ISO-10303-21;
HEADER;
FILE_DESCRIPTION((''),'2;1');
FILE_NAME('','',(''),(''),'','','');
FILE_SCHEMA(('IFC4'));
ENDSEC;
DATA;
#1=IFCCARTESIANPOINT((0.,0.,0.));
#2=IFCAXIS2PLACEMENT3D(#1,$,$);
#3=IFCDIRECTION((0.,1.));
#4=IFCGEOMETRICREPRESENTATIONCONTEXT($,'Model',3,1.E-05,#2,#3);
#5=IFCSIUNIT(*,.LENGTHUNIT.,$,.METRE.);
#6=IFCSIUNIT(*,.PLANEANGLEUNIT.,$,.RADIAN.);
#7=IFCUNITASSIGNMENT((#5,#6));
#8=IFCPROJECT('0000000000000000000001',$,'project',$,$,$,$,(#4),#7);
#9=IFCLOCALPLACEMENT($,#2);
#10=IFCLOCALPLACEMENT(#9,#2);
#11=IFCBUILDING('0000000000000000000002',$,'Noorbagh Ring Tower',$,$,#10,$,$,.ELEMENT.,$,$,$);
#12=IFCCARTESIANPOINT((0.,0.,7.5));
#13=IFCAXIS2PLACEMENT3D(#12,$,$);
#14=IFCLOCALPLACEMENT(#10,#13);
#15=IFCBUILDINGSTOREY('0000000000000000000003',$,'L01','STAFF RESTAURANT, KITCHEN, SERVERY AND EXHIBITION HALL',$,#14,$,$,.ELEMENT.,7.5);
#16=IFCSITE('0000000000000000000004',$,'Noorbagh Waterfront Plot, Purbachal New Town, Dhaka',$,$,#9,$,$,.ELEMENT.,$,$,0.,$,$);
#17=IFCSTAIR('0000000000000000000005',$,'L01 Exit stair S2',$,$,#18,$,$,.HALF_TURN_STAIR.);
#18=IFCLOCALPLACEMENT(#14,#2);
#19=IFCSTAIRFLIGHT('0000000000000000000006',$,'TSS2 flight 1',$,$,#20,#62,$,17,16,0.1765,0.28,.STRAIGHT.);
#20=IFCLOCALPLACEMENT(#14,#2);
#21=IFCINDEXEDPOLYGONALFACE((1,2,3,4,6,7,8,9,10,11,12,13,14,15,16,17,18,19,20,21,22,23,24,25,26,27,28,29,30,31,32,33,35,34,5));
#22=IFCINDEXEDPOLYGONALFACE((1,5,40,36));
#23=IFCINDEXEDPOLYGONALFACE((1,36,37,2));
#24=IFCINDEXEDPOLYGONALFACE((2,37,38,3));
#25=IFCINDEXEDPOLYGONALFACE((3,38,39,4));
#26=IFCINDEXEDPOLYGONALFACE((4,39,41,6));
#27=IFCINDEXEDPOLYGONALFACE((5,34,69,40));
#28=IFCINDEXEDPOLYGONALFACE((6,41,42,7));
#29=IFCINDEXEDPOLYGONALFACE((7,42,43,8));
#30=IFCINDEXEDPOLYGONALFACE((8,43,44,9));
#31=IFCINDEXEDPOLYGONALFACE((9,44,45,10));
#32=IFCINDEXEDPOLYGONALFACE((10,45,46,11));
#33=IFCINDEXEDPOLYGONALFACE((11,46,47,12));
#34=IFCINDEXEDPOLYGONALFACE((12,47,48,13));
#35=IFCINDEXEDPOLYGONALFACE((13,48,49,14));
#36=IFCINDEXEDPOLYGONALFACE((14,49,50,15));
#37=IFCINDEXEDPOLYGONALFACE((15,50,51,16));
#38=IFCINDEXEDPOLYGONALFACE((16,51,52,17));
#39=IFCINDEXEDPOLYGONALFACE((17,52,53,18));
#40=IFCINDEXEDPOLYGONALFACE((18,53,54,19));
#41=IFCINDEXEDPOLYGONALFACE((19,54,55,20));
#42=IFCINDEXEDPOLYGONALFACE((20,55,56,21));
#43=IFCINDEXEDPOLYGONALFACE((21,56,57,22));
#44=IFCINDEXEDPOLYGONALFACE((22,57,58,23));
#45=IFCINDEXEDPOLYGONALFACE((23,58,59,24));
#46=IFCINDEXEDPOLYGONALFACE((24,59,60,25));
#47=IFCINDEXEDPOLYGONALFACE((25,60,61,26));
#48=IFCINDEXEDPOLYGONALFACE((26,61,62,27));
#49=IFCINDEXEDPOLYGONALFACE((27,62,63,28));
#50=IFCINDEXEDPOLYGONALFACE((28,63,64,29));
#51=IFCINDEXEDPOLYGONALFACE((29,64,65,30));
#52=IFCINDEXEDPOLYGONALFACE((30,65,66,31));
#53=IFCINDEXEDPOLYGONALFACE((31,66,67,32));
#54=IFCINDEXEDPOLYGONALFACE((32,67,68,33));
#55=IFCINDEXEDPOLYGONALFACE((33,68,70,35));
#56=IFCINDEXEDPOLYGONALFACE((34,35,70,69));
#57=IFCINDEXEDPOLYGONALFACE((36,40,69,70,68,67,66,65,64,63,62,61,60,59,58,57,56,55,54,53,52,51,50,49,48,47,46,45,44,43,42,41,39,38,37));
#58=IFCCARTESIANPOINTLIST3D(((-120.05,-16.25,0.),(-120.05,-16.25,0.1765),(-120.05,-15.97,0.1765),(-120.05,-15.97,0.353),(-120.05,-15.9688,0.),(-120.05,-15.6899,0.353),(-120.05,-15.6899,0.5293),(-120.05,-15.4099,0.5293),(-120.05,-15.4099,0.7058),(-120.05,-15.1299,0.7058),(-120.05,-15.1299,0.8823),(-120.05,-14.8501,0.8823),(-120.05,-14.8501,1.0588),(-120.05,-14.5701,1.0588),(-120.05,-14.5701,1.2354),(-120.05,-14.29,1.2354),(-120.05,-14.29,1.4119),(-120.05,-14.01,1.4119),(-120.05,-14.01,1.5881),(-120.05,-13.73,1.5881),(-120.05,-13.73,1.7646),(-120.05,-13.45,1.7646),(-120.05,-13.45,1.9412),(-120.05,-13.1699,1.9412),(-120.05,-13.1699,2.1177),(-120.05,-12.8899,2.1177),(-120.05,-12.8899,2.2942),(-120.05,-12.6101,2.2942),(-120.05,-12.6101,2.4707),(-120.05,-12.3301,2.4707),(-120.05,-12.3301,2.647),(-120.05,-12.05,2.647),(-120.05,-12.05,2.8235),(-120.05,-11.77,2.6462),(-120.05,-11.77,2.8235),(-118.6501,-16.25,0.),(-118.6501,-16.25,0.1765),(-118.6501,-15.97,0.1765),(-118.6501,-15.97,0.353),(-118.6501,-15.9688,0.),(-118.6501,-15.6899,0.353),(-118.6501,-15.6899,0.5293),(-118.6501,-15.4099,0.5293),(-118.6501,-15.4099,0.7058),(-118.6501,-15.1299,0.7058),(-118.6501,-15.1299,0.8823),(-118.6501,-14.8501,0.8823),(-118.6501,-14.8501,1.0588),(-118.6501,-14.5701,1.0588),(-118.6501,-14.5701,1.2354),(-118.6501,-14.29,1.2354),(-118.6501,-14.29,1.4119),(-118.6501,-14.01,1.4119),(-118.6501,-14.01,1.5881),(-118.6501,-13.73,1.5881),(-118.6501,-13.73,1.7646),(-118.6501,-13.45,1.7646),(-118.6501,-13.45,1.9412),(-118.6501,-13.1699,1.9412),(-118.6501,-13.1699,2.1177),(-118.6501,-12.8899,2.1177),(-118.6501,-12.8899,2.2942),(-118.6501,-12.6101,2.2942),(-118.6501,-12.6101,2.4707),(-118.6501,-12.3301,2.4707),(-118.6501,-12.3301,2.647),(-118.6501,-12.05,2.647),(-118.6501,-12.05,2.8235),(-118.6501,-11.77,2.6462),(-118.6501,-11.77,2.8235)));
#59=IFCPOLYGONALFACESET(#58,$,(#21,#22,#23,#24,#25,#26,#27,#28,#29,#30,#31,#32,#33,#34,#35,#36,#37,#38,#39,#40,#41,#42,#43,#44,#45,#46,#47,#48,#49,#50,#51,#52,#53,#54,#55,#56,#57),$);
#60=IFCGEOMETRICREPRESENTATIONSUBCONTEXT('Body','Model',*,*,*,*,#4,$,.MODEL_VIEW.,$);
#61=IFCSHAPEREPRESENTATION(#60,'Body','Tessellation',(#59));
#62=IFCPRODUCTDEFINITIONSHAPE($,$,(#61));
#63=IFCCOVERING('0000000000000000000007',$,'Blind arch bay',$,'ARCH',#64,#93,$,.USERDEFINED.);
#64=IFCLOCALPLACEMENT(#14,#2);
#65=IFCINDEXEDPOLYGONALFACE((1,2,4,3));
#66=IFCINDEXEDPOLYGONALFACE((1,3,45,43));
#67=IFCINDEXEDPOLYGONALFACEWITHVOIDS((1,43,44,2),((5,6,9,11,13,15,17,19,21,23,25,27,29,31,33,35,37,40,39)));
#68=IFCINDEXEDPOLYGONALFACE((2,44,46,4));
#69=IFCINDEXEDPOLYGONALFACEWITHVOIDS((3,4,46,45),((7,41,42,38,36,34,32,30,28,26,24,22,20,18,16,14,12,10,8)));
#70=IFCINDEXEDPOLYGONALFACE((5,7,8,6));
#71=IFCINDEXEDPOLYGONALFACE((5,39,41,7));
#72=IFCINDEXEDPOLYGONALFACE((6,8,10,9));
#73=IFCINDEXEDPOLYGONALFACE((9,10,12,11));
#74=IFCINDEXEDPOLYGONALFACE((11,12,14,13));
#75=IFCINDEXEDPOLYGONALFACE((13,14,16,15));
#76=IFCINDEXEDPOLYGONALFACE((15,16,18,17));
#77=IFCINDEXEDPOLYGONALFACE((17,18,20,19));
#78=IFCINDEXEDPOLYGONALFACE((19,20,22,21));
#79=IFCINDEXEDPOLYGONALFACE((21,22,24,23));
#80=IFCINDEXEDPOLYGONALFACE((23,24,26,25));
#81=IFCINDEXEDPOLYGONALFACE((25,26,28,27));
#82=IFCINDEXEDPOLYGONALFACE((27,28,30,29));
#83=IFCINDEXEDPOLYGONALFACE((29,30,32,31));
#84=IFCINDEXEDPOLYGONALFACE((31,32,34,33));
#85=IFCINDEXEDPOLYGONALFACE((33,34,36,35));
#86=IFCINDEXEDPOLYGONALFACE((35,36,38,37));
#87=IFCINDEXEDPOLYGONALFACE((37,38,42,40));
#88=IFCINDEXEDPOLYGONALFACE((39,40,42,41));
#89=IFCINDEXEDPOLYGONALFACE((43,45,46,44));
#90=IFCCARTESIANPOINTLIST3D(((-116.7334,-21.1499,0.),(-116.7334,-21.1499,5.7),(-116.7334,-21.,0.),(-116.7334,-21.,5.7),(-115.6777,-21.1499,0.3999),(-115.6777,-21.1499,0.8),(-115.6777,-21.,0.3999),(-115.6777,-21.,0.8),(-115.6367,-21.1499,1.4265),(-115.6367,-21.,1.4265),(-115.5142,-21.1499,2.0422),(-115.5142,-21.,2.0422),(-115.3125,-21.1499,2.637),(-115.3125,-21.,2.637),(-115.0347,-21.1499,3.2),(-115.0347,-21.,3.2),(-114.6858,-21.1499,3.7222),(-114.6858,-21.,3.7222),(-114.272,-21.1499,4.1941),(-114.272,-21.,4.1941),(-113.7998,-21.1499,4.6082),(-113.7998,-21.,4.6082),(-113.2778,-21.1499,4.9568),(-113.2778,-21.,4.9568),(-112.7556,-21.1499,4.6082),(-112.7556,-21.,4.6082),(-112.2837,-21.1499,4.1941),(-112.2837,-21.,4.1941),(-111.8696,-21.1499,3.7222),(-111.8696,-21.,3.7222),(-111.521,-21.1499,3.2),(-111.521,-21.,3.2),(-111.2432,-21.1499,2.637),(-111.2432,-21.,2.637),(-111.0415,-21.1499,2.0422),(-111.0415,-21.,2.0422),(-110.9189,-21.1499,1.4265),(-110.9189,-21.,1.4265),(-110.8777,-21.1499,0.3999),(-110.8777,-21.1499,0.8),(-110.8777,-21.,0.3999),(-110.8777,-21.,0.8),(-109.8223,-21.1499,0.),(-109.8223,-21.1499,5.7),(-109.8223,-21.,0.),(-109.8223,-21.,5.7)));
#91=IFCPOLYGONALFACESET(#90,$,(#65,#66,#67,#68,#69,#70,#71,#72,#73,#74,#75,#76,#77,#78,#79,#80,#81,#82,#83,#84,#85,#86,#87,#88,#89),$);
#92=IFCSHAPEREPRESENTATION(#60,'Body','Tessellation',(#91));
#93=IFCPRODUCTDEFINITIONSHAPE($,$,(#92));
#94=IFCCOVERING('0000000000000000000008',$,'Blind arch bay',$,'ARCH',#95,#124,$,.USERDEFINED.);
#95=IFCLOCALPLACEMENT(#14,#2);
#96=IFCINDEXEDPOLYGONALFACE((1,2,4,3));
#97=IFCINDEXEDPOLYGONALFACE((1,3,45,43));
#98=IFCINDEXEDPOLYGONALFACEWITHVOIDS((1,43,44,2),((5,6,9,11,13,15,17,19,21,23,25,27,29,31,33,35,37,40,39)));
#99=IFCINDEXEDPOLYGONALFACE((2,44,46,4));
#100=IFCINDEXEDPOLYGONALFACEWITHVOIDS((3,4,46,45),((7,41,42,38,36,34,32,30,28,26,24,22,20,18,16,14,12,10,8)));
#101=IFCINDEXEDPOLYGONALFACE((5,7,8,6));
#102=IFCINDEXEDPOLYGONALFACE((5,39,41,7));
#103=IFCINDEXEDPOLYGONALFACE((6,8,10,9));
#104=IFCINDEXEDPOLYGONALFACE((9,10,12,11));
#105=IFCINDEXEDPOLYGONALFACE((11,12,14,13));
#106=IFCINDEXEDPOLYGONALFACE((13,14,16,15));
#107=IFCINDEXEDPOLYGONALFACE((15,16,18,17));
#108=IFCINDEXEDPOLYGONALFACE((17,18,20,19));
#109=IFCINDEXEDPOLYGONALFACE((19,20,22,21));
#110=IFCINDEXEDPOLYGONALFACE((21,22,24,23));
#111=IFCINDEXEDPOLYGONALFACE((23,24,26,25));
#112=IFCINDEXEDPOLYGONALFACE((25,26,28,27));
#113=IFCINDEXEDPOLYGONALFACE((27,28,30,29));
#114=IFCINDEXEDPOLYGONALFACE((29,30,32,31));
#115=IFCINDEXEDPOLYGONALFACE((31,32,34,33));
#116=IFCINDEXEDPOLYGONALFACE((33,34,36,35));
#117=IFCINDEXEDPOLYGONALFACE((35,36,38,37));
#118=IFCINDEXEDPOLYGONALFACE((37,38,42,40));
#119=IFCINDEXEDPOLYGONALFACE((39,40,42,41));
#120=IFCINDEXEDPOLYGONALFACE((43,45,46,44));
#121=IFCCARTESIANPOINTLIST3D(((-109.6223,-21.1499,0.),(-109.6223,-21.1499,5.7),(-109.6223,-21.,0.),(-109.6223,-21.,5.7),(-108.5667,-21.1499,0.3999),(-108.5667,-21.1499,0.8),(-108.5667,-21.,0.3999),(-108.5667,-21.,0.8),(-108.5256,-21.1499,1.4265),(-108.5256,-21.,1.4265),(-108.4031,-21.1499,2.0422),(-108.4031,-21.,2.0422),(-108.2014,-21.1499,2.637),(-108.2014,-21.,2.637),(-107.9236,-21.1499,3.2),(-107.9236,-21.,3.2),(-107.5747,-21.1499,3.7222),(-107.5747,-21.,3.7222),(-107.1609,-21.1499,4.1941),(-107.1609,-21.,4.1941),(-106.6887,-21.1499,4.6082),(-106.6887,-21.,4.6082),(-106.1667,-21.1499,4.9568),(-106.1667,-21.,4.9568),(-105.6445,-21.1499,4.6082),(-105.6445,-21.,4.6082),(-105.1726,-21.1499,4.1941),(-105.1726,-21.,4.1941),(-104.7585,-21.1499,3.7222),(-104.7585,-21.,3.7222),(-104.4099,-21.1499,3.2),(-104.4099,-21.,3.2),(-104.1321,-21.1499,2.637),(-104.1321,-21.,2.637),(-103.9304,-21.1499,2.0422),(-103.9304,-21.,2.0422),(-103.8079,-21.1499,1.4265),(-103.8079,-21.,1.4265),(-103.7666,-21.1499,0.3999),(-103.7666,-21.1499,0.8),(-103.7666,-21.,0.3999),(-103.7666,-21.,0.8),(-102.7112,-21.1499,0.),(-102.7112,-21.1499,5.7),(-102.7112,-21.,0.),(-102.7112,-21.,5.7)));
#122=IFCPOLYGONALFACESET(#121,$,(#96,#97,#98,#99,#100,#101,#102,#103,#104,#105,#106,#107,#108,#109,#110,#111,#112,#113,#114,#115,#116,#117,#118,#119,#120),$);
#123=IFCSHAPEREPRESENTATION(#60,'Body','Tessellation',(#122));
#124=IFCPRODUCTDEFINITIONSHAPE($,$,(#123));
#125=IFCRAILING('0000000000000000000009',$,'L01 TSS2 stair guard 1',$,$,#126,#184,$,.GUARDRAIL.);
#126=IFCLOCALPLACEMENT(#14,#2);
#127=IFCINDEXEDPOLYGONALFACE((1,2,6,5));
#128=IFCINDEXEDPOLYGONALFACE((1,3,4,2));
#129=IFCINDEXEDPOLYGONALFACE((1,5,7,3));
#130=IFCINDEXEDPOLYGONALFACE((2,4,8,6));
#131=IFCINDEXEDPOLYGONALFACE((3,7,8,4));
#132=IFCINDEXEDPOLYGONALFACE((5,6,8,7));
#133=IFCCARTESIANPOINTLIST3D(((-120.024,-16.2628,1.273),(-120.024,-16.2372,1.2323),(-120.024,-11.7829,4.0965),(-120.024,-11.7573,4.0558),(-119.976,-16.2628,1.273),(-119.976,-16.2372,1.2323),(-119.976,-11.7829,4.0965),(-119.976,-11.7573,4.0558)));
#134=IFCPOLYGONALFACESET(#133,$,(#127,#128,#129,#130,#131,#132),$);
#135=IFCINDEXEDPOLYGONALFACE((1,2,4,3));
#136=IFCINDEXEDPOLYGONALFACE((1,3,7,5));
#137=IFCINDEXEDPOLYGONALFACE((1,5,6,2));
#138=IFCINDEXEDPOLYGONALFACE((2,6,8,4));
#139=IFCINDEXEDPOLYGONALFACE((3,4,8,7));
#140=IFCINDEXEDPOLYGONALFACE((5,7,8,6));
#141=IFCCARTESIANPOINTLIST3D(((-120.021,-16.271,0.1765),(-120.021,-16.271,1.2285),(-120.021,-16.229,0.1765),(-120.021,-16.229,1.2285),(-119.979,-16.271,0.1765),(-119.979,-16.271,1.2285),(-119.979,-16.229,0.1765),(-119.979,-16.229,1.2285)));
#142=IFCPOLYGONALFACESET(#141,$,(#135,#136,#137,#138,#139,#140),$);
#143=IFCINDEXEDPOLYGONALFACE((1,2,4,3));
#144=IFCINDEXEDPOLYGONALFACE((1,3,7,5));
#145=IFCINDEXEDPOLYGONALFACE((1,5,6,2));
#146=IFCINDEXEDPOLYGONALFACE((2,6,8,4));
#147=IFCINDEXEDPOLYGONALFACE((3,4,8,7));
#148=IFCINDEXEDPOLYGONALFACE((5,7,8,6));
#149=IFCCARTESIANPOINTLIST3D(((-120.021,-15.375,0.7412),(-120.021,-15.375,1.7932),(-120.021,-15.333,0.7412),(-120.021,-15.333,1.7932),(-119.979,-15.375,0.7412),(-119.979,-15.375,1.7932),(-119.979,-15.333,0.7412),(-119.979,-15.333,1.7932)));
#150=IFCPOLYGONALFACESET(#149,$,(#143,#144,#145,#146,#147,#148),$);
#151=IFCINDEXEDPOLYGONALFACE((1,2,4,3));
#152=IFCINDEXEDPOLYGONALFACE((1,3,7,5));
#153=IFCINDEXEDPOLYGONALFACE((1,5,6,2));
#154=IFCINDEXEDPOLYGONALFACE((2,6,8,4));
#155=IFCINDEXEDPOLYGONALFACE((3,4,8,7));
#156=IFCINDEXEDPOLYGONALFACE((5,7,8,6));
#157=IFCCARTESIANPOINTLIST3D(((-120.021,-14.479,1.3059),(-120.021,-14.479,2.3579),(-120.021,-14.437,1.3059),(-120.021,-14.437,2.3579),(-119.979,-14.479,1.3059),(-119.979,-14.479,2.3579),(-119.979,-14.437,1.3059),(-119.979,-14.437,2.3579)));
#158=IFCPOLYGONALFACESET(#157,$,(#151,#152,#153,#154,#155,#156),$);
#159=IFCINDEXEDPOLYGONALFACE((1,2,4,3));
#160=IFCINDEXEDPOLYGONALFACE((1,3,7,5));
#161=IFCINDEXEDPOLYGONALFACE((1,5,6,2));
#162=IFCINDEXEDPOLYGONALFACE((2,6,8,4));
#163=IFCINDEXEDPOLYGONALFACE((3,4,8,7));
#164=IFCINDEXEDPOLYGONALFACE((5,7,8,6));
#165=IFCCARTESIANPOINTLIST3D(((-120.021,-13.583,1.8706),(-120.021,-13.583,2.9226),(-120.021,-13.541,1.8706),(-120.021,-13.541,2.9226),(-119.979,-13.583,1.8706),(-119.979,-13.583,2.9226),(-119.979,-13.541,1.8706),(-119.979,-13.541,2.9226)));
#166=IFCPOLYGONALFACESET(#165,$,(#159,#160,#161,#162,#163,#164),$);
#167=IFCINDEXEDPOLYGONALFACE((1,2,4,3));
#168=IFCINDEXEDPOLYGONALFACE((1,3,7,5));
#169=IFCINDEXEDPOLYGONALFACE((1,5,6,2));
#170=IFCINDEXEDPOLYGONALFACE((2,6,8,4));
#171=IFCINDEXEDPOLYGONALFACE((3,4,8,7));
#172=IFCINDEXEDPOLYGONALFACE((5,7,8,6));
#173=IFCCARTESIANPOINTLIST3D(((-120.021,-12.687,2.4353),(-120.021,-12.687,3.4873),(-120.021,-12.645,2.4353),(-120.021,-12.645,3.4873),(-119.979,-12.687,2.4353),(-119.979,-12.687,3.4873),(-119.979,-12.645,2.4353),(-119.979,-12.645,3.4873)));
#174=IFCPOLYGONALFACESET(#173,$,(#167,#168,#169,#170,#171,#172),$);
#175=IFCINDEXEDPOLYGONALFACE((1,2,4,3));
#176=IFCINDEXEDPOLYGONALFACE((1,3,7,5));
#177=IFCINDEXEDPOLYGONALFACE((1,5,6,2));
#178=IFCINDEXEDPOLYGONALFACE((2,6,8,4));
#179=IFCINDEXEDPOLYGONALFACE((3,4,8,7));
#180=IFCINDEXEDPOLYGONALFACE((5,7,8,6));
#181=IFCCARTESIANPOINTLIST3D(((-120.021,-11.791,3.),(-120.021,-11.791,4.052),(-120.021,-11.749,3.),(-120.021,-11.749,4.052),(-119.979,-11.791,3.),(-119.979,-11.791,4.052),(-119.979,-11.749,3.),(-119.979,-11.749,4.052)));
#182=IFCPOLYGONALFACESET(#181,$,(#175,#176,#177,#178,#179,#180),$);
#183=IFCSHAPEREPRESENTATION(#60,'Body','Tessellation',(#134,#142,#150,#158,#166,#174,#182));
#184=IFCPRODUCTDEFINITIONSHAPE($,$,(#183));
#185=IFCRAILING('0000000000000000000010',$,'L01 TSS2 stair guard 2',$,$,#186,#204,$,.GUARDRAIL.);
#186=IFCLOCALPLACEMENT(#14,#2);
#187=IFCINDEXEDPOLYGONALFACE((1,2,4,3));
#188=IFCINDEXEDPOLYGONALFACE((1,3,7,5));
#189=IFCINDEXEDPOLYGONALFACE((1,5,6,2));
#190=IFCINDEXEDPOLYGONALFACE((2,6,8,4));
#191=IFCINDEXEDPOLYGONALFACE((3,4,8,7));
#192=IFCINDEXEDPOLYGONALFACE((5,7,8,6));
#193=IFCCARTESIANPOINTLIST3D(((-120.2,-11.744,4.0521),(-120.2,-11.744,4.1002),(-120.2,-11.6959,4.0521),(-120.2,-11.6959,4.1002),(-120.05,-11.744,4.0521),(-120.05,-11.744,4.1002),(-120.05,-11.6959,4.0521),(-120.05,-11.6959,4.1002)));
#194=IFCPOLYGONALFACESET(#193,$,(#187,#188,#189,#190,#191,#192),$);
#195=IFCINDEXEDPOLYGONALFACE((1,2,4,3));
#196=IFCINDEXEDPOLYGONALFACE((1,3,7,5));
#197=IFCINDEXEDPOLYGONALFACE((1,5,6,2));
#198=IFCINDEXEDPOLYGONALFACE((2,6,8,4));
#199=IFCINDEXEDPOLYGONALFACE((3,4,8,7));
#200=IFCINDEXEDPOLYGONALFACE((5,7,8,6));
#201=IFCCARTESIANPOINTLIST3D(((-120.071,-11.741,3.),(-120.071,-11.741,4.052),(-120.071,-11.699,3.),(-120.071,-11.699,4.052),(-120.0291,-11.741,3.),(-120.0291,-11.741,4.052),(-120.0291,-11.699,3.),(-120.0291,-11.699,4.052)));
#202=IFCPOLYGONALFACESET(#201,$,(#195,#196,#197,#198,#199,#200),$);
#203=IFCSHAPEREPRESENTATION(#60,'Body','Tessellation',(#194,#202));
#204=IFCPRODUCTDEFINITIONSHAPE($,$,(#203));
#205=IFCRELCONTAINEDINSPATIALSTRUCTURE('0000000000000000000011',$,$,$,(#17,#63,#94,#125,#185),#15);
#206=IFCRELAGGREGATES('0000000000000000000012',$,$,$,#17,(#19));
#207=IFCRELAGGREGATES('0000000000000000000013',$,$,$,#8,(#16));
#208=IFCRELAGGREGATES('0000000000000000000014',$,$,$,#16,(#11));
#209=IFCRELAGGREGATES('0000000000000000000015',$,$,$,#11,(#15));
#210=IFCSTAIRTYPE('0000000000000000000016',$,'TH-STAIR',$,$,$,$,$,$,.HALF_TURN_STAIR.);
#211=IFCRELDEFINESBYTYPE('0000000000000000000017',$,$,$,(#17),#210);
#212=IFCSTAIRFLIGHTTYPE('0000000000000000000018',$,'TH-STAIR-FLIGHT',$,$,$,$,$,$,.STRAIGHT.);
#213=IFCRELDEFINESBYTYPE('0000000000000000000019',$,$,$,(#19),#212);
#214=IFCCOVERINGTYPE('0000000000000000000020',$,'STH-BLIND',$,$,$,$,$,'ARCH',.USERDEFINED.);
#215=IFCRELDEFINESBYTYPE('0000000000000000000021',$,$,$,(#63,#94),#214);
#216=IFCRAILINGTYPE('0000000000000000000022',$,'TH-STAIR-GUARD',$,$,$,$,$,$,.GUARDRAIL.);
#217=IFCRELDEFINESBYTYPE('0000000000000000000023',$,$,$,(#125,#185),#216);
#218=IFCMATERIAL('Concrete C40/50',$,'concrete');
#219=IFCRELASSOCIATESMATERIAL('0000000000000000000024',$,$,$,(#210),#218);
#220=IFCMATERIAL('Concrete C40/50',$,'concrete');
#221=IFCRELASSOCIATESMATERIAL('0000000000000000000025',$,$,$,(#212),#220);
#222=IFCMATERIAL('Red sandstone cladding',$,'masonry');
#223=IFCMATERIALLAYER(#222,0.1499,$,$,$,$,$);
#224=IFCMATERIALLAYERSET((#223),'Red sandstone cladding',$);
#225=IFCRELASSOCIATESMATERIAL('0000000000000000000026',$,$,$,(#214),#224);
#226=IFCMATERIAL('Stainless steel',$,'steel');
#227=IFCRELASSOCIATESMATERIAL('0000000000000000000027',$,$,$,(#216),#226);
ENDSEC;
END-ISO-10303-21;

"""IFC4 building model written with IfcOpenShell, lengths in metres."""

from ifc_helpers import new_model, si_unit, direction, frame, origin, origin_2d, place, context, subcontext, project, spatial, polyline, rectangle, outline, extrude, material, layer, layer_set, type_object, element, aggregate, save


model = new_model("IFC4")

# Units and contexts
model_context = context("Model", 3, precision=1e-05, world=origin(), true_north=direction((0.0, 1.0)))
body_context = subcontext(model_context, "Body", "Model", "MODEL_VIEW")
ifc_project = project(units=[si_unit("LENGTHUNIT", "METRE"), si_unit("PLANEANGLEUNIT", "RADIAN")], contexts=[model_context])

# Site, building, storey
site_placement = place(None, origin())
site = spatial("IfcSite", under=ifc_project, at=site_placement, Name="Noorbagh Waterfront Plot, Purbachal New Town, Dhaka", CompositionType="ELEMENT", RefElevation=0.0)
building_placement = place(site_placement, origin())
building = spatial("IfcBuilding", under=site, at=building_placement, Name="Noorbagh Ring Tower", CompositionType="ELEMENT")
storey_placement = place(building_placement, frame((0.0, 0.0, 7.5)))
storey = spatial("IfcBuildingStorey", under=building, at=storey_placement, Name="L01", Description="STAFF RESTAURANT, KITCHEN, SERVERY AND EXHIBITION HALL", CompositionType="ELEMENT", Elevation=7.5)

# Stair, stair flight
ifc_material_1 = material(Name="Concrete C40/50", Category="concrete")
stair_type = type_object("IfcStairType", Name="TH-STAIR", PredefinedType="HALF_TURN_STAIR", material=ifc_material_1)
stair_placement = place(storey_placement, origin())
stair = element("IfcStair", 1, at=stair_placement, inside=storey, type_object=stair_type, Name="L01 Exit stair S2", PredefinedType="HALF_TURN_STAIR")
ifc_material_2 = material(Name="Concrete C40/50", Category="concrete")
stair_flight_type = type_object("IfcStairFlightType", Name="TH-STAIR-FLIGHT", PredefinedType="STRAIGHT", material=ifc_material_2)
stair_flight_placement = place(storey_placement, frame((-119.3501, -16.25, 0.0), z_axis=(0.0, 0.0, 1.0), x_axis=(0.0, 1.0, 0.0)))
stair_flight = element("IfcStairFlight", 2, at=stair_flight_placement, type_object=stair_flight_type, Name="TSS2 flight 1", NumberOfRisers=17, NumberOfTreads=16, PredefinedType="STRAIGHT", RiserHeight=0.1765, TreadLength=0.28, context=body_context, shape_type="SweptSolid", body=[
    extrude(outline(polyline([(0.0, 0.0), (0.0, 0.1765), (0.28, 0.1765), (0.28, 0.353), (0.5601, 0.353), (0.5601, 0.5293), (0.8401, 0.5293), (0.8401, 0.7058), (1.1201, 0.7058), (1.1201, 0.8823), (1.3999, 0.8823), (1.3999, 1.0588), (1.6799, 1.0588), (1.6799, 1.2354), (1.96, 1.2354), (1.96, 1.4119), (2.24, 1.4119), (2.24, 1.5881), (2.52, 1.5881), (2.52, 1.7646), (2.8, 1.7646), (2.8, 1.9412), (3.0801, 1.9412), (3.0801, 2.1177), (3.3601, 2.1177), (3.3601, 2.2942), (3.6399, 2.2942), (3.6399, 2.4707), (3.9199, 2.4707), (3.9199, 2.647), (4.2, 2.647), (4.2, 2.8235), (4.48, 2.8235), (4.48, 3.0), (4.48, 2.6462), (0.2812, 0.0), (0.0, 0.0)])), frame((0.0, 0.7, 0.0), z_axis=(0.0, -1.0, 0.0), x_axis=(1.0, 0.0, 0.0)), (0.0, 0.0, 1.0), 1.3999),
])
aggregate(stair, [stair_flight])

# Coverings
ifc_material_3 = material(Name="Red sandstone cladding", Category="masonry")
ifc_layer_1 = layer(ifc_material_3, 0.1499)
ifc_layer_set_1 = layer_set([ifc_layer_1], Name="Red sandstone cladding")
covering_type = type_object("IfcCoveringType", Name="STH-BLIND", ElementType="ARCH", PredefinedType="USERDEFINED", material=ifc_layer_set_1)
for number, where, z_axis, x_axis, name in (
    (3, (-116.7334, -21.1499, 0.0), (0.0, -1.0, 0.0), (1.0, 0.0, 0.0), "Blind arch bay"),
    (4, (-109.6223, -21.1499, 0.0), (0.0, -1.0, 0.0), (1.0, 0.0, 0.0), "Blind arch bay"),
):
    element("IfcCovering", number, at=place(storey_placement, frame(where, z_axis=z_axis, x_axis=x_axis)), inside=storey, type_object=covering_type, Name=name, ObjectType="ARCH", PredefinedType="USERDEFINED", context=body_context, shape_type="SweptSolid", body=[
        extrude(outline(polyline([(0.0, 0.0), (6.9111, 0.0), (6.9111, 5.7), (0.0, 5.7), (0.0, 0.0)]), holes=[polyline([(1.0557, 0.3999), (1.0557, 0.8), (1.0967, 1.4265), (1.2192, 2.0422), (1.4209, 2.637), (1.6987, 3.2), (2.0476, 3.7222), (2.4614, 4.1941), (2.9336, 4.6082), (3.4556, 4.9568), (3.9778, 4.6082), (4.4497, 4.1941), (4.8638, 3.7222), (5.2124, 3.2), (5.4902, 2.637), (5.6919, 2.0422), (5.8145, 1.4265), (5.8557, 0.8), (5.8557, 0.3999), (1.0557, 0.3999)])]), origin(), (0.0, 0.0, -1.0), 0.1499),
    ])

# Railings
ifc_material_4 = material(Name="Stainless steel", Category="steel")
railing_type_1 = type_object("IfcRailingType", Name="TH-STAIR-GUARD", PredefinedType="GUARDRAIL", material=ifc_material_4)
railing_1_placement = place(storey_placement, frame((-120.0, -16.25, 0.1765)))
element("IfcRailing", 5, at=railing_1_placement, inside=storey, type_object=railing_type_1, Name="L01 TSS2 stair guard 1", PredefinedType="GUARDRAIL", context=body_context, shape_type="SweptSolid", body=[
    extrude(rectangle(XDim=0.0481, YDim=0.0481, at=origin_2d()), frame((0.0, 0.0, 1.0762), z_axis=(0.0, 0.845998, 0.533186), x_axis=(-1.0, 0.0, 0.0)), (0.0, 0.0, 1.0), 5.2954),
    extrude(rectangle(XDim=0.042, YDim=0.042, at=origin_2d()), origin(), (0.0, 0.0, 1.0), 1.052),
    extrude(rectangle(XDim=0.042, YDim=0.042, at=origin_2d()), frame((0.0, 0.896, 0.5647)), (0.0, 0.0, 1.0), 1.052),
    extrude(rectangle(XDim=0.042, YDim=0.042, at=origin_2d()), frame((0.0, 1.792, 1.1294)), (0.0, 0.0, 1.0), 1.052),
    extrude(rectangle(XDim=0.042, YDim=0.042, at=origin_2d()), frame((0.0, 2.688, 1.6941)), (0.0, 0.0, 1.0), 1.052),
    extrude(rectangle(XDim=0.042, YDim=0.042, at=origin_2d()), frame((0.0, 3.584, 2.2588)), (0.0, 0.0, 1.0), 1.052),
    extrude(rectangle(XDim=0.042, YDim=0.042, at=origin_2d()), frame((0.0, 4.48, 2.8235)), (0.0, 0.0, 1.0), 1.052),
])
for number, where, name in (
    (6, (-120.05, -11.72, 3.0), "L01 TSS2 stair guard 2"),
):
    element("IfcRailing", number, at=place(storey_placement, frame(where)), inside=storey, type_object=railing_type_1, Name=name, PredefinedType="GUARDRAIL", context=body_context, shape_type="SweptSolid", body=[
        extrude(rectangle(XDim=0.0481, YDim=0.0481, at=origin_2d()), frame((0.0, 0.0, 1.0762), z_axis=(-1.0, 0.0, 0.0), x_axis=(0.0, -1.0, 0.0)), (0.0, 0.0, 1.0), 0.1499),
        extrude(rectangle(XDim=0.042, YDim=0.042, at=origin_2d()), origin(), (0.0, 0.0, 1.0), 1.052),
    ])

save(model, "model.ifc")
